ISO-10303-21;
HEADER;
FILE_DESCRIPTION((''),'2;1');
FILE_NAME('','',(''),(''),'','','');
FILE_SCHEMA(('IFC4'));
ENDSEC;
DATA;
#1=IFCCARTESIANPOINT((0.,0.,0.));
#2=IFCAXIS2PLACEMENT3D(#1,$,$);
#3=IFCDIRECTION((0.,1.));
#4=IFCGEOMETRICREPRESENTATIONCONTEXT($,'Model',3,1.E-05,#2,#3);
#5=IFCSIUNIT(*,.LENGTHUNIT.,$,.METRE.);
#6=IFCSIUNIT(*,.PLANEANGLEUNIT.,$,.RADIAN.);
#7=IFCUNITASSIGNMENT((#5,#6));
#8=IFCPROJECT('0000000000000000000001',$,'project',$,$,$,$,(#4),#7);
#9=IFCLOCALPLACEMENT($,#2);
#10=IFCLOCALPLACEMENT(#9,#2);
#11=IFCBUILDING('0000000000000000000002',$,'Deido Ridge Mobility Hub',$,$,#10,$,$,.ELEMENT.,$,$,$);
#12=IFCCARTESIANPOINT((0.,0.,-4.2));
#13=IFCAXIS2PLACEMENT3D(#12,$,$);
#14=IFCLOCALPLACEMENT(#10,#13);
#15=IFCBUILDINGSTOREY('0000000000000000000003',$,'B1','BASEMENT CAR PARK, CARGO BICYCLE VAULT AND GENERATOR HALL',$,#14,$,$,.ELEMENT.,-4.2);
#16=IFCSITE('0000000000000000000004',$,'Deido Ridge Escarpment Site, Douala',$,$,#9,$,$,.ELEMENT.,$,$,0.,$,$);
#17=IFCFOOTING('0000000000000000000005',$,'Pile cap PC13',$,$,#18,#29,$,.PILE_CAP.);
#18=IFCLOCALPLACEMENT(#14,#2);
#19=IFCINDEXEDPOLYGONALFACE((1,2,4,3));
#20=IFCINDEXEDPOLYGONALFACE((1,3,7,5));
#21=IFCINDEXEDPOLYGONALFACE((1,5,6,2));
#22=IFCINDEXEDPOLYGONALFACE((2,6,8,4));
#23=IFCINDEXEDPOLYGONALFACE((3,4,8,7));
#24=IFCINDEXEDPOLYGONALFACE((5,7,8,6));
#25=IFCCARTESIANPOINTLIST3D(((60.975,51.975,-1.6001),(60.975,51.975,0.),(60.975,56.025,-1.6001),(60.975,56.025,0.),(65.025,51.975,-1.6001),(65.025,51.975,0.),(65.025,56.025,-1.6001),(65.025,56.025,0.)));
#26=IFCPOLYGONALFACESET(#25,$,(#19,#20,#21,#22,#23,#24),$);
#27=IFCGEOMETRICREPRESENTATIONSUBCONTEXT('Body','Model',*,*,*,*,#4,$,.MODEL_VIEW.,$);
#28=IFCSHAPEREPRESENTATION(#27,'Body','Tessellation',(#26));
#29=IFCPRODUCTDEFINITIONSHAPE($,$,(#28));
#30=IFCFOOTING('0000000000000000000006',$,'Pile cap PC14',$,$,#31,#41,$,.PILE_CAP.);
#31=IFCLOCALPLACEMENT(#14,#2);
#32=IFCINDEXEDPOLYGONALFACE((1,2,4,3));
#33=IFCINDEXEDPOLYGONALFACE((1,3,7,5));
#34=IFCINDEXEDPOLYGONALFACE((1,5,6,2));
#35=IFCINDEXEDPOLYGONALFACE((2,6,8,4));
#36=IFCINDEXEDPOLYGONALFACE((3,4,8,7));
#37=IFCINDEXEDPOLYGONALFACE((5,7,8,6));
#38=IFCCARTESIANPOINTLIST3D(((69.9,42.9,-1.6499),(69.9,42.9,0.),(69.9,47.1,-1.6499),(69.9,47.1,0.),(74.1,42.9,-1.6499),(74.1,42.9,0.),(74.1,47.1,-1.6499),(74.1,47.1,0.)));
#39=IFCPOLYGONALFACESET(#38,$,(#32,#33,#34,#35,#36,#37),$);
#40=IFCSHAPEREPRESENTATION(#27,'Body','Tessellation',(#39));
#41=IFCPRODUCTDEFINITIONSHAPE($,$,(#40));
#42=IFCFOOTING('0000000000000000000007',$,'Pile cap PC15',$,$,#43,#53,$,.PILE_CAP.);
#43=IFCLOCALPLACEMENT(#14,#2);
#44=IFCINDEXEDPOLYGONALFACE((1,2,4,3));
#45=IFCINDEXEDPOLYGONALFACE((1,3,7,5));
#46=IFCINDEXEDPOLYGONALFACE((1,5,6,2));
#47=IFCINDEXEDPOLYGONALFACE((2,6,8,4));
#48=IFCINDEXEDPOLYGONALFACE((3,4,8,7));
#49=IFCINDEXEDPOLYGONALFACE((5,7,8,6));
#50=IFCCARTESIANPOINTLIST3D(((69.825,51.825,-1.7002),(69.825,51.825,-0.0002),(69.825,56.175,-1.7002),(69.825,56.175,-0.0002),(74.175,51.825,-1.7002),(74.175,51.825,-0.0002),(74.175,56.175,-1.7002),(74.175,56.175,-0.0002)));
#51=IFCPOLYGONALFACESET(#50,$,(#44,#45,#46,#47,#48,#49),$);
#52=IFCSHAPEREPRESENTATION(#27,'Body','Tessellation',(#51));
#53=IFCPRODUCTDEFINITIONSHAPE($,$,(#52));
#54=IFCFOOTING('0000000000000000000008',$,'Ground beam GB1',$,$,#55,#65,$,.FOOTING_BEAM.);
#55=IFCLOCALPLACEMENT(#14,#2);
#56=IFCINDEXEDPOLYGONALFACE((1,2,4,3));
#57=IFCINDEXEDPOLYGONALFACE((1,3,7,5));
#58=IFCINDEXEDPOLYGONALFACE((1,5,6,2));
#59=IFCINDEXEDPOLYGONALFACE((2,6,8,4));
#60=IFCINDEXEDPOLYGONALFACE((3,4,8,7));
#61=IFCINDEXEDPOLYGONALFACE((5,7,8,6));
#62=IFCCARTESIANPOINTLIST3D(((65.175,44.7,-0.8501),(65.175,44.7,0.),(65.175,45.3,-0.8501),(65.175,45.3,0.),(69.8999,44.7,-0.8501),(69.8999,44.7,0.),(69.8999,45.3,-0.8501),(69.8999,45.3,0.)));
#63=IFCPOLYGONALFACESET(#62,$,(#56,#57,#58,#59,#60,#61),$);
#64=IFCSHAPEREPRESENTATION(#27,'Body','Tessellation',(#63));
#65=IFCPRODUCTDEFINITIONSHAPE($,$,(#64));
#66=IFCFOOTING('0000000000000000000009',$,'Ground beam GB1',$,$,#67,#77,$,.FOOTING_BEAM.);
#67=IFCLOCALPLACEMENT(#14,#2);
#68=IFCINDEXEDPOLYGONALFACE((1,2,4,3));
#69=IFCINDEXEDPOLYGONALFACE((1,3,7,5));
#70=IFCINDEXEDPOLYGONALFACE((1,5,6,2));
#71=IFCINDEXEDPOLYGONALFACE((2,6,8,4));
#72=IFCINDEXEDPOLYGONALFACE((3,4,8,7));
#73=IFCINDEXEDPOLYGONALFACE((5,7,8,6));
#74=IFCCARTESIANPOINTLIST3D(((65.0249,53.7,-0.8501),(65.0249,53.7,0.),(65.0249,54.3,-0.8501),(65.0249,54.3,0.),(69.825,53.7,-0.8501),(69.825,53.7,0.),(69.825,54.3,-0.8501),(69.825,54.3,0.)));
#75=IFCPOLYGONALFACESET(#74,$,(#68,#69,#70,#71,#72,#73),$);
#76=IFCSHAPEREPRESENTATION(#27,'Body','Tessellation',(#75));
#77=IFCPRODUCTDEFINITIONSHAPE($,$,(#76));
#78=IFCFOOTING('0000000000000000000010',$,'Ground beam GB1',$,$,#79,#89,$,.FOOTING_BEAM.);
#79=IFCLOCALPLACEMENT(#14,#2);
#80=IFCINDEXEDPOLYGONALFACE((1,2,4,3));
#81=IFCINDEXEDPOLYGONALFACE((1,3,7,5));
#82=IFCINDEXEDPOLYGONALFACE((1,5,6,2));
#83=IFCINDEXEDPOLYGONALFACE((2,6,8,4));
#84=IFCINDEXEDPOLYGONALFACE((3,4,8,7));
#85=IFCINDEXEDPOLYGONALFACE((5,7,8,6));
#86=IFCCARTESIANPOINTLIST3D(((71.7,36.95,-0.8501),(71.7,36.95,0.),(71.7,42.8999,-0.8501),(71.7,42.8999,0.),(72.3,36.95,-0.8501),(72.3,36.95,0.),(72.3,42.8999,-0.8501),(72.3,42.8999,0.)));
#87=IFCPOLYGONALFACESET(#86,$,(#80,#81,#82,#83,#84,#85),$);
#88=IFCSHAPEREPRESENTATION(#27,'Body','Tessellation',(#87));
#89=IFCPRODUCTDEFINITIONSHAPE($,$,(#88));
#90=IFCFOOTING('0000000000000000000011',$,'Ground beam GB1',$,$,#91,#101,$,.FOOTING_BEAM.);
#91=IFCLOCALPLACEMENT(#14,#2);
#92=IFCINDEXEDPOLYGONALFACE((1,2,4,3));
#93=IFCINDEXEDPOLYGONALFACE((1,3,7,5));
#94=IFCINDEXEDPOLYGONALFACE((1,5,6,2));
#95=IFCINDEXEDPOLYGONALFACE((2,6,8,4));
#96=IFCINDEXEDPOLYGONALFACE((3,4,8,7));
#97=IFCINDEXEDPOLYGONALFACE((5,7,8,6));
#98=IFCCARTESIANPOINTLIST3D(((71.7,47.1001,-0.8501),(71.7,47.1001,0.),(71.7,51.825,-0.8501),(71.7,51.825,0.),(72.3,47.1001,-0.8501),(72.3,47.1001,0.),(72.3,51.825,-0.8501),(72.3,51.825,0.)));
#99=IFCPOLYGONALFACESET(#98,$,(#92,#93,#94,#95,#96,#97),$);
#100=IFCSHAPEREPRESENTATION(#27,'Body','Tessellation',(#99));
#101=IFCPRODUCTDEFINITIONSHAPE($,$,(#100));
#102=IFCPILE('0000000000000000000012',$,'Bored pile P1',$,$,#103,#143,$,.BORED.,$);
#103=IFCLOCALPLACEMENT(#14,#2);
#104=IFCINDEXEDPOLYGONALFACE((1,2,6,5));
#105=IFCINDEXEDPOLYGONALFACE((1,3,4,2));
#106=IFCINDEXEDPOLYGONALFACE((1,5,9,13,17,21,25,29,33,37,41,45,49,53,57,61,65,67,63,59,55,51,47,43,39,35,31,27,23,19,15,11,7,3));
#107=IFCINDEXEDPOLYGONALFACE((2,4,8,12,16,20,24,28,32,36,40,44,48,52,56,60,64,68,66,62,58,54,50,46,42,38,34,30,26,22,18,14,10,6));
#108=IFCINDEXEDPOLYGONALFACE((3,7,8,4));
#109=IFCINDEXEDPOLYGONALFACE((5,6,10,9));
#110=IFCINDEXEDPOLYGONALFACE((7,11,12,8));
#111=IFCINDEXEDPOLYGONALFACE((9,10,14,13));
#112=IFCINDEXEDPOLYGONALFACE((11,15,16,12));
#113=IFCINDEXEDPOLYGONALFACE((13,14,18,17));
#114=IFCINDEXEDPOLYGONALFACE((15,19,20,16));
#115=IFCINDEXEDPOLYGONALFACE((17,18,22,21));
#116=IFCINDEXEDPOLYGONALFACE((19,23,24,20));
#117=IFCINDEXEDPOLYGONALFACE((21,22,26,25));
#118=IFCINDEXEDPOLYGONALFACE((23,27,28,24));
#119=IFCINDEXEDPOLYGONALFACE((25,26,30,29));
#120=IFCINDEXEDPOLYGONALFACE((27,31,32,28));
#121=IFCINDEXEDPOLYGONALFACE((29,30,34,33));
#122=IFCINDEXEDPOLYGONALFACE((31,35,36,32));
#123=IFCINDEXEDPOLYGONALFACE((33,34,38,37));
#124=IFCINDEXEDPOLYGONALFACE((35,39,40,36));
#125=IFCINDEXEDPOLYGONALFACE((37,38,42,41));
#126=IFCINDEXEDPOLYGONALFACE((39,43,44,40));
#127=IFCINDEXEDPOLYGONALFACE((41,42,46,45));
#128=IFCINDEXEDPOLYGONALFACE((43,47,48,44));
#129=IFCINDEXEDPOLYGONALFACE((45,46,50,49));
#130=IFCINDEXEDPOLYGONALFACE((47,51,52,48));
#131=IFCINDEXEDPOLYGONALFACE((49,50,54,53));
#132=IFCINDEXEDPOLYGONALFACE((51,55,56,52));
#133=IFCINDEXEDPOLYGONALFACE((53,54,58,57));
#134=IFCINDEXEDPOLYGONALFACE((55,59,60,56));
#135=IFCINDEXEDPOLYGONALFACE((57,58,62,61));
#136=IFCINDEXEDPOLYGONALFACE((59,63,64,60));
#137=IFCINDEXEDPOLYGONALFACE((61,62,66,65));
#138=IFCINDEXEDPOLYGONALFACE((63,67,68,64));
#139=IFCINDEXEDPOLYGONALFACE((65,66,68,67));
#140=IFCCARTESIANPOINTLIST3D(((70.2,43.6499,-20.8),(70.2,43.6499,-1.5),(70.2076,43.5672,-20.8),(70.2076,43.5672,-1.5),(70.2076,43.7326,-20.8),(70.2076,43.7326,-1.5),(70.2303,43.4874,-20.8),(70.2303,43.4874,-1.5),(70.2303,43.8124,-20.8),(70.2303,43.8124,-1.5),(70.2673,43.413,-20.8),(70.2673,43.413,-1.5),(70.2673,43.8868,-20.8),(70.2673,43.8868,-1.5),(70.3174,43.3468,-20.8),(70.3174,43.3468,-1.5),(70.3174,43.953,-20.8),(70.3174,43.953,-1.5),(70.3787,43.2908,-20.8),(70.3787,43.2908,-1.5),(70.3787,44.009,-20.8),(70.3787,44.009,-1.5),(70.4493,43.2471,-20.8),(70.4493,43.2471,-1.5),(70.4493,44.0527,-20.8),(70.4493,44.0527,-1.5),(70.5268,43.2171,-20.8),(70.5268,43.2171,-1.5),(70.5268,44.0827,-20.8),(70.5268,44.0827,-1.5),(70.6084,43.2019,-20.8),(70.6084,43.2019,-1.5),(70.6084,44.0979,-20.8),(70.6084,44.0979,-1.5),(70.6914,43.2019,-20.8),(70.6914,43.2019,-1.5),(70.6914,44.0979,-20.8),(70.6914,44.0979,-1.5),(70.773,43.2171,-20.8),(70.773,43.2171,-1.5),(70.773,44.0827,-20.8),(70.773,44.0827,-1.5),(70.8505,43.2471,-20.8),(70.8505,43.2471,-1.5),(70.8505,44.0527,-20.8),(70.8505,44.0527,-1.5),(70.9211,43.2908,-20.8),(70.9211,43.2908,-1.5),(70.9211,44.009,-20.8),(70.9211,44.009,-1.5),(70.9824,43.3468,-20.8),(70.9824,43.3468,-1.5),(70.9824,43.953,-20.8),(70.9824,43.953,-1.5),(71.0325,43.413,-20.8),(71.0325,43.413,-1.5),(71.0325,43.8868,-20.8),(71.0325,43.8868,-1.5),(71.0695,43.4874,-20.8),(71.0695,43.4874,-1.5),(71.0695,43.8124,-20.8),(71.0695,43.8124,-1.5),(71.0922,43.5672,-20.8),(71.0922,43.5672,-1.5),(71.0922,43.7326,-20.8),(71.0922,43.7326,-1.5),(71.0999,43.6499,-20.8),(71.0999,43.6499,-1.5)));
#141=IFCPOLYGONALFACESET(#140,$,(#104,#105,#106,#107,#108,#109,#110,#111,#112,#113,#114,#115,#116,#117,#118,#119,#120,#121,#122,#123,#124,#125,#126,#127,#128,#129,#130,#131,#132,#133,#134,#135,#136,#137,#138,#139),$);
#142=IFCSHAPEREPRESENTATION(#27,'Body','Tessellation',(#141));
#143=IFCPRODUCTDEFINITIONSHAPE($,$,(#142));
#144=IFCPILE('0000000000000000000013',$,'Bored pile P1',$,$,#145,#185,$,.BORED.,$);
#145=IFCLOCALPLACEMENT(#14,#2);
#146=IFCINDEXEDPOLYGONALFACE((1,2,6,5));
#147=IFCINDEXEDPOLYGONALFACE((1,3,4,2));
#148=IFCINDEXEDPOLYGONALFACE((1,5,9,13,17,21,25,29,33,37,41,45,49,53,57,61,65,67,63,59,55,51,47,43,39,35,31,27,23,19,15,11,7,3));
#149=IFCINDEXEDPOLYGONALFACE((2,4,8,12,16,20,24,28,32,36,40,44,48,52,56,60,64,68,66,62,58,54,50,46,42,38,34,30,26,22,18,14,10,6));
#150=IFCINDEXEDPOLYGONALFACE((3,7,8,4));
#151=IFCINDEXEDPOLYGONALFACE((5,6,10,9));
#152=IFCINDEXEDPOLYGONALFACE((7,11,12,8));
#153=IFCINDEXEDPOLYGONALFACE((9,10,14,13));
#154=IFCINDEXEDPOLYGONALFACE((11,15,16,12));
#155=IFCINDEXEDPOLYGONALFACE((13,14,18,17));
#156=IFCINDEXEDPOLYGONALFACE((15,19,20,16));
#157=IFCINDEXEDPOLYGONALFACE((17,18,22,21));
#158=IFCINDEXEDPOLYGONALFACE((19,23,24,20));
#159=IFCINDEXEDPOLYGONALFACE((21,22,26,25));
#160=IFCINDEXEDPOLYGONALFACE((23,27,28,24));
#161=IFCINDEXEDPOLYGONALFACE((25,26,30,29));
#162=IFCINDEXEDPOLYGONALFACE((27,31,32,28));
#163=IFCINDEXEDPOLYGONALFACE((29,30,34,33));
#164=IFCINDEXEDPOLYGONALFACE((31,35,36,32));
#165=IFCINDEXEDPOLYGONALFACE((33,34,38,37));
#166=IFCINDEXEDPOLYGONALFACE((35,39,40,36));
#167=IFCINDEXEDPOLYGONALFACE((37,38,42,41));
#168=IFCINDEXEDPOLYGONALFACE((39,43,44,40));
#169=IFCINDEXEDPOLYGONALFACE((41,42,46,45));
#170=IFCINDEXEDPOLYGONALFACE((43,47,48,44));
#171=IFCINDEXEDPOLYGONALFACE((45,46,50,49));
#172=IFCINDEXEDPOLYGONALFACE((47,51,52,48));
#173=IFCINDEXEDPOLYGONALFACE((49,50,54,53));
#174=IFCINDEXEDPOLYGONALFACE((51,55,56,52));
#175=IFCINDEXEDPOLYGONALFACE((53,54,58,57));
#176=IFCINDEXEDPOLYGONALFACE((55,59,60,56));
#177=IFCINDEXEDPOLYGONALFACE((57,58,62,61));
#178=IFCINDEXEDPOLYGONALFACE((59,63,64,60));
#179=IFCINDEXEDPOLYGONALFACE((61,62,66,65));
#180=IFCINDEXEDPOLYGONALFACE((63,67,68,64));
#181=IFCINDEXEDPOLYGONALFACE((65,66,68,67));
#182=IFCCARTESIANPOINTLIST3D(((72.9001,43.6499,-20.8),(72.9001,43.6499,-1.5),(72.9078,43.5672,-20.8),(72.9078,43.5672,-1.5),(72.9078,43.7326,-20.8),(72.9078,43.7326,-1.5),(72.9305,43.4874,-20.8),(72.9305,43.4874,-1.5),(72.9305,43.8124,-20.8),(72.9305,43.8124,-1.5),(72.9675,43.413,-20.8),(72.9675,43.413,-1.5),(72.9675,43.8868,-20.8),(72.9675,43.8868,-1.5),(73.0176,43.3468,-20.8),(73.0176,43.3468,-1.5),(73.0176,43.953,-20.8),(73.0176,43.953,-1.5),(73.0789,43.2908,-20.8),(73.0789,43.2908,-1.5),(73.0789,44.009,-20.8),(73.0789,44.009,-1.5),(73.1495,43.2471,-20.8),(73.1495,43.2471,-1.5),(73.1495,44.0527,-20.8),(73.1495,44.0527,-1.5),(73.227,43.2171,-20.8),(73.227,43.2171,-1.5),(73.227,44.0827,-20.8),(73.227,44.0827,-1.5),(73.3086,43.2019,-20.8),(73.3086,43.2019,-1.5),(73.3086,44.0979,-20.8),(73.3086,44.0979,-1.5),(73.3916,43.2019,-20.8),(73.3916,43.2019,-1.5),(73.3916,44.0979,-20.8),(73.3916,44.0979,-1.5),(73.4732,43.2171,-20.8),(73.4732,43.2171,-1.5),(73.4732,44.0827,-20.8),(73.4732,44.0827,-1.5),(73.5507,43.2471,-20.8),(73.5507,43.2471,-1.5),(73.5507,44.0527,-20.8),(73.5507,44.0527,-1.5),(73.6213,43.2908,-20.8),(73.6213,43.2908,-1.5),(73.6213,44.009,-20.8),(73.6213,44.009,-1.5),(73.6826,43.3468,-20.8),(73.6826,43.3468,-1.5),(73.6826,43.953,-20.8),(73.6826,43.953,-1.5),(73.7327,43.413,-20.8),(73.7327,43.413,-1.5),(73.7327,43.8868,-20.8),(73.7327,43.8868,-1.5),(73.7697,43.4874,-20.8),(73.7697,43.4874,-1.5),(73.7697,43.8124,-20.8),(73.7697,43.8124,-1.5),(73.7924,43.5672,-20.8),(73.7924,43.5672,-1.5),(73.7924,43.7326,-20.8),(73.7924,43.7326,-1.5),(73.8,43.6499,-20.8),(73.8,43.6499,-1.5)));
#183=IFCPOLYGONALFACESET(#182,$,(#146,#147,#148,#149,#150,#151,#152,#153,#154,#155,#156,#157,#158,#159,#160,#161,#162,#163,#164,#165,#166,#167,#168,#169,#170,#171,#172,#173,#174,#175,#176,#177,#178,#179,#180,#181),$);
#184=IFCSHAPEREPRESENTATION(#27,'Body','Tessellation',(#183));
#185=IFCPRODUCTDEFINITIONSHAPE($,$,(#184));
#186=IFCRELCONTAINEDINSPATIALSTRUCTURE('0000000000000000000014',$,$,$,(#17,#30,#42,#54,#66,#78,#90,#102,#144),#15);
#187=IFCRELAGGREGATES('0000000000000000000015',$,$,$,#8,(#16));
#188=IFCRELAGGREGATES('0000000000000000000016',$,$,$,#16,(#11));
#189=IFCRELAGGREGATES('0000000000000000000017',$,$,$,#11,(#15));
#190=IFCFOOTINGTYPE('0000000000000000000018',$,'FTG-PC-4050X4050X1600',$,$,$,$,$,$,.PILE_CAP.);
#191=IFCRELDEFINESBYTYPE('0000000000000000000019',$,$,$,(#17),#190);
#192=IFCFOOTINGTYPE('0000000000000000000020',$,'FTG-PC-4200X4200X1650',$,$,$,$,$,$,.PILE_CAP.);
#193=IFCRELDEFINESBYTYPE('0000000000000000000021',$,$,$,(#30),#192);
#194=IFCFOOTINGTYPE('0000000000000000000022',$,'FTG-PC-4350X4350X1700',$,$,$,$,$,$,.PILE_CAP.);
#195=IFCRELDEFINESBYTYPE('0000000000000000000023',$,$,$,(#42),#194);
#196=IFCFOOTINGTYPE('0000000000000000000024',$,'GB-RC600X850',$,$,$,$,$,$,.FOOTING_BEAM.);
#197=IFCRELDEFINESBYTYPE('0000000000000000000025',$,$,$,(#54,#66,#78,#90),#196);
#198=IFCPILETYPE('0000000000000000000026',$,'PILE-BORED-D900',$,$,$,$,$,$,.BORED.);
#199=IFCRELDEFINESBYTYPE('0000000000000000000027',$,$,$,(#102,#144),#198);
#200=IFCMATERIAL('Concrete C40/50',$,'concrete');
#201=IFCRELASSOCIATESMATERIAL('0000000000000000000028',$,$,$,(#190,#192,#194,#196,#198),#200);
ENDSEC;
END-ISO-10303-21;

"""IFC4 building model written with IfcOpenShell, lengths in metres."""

from ifc_helpers import new_model, si_unit, direction, frame, origin, origin_2d, place, context, subcontext, project, spatial, rectangle, circle, extrude, material, material_profile, profile_set, type_object, element, save


model = new_model("IFC4")

# Units and contexts
model_context = context("Model", 3, precision=1e-05, world=origin(), true_north=direction((0.0, 1.0)))
body_context = subcontext(model_context, "Body", "Model", "MODEL_VIEW")
ifc_project = project(units=[si_unit("LENGTHUNIT", "METRE"), si_unit("PLANEANGLEUNIT", "RADIAN")], contexts=[model_context])

# Site, building, storey
site_placement = place(None, origin())
site = spatial("IfcSite", under=ifc_project, at=site_placement, Name="Deido Ridge Escarpment Site, Douala", CompositionType="ELEMENT", RefElevation=0.0)
building_placement = place(site_placement, origin())
building = spatial("IfcBuilding", under=site, at=building_placement, Name="Deido Ridge Mobility Hub", CompositionType="ELEMENT")
storey_placement = place(building_placement, frame((0.0, 0.0, -4.2)))
storey = spatial("IfcBuildingStorey", under=building, at=storey_placement, Name="B1", Description="BASEMENT CAR PARK, CARGO BICYCLE VAULT AND GENERATOR HALL", CompositionType="ELEMENT", Elevation=-4.2)

# Footings
ifc_material_1 = material(Name="Concrete C40/50", Category="concrete")
footing_type_1 = type_object("IfcFootingType", Name="FTG-PC-4050X4050X1600", PredefinedType="PILE_CAP", material=ifc_material_1)
footing_1_placement = place(storey_placement, frame((63.0, 54.0, -1.6001), z_axis=(0.0, 0.0, 1.0), x_axis=(1.0, 0.0, 0.0)))
element("IfcFooting", 1, at=footing_1_placement, inside=storey, type_object=footing_type_1, Name="Pile cap PC13", PredefinedType="PILE_CAP", context=body_context, shape_type="SweptSolid", body=[
    extrude(rectangle(XDim=4.05, YDim=4.05, at=origin_2d()), origin(), (0.0, 0.0, 1.0), 1.6001),
])
footing_type_2 = type_object("IfcFootingType", Name="FTG-PC-4200X4200X1650", PredefinedType="PILE_CAP", material=ifc_material_1)
footing_2_placement = place(storey_placement, frame((72.0, 45.0, -1.6499), z_axis=(0.0, 0.0, 1.0), x_axis=(1.0, 0.0, 0.0)))
element("IfcFooting", 2, at=footing_2_placement, inside=storey, type_object=footing_type_2, Name="Pile cap PC14", PredefinedType="PILE_CAP", context=body_context, shape_type="SweptSolid", body=[
    extrude(rectangle(XDim=4.2, YDim=4.2, at=origin_2d()), origin(), (0.0, 0.0, 1.0), 1.6499),
])
footing_type_3 = type_object("IfcFootingType", Name="FTG-PC-4350X4350X1700", PredefinedType="PILE_CAP", material=ifc_material_1)
footing_3_placement = place(storey_placement, frame((72.0, 54.0, -1.7002), z_axis=(0.0, 0.0, 1.0), x_axis=(1.0, 0.0, 0.0)))
element("IfcFooting", 3, at=footing_3_placement, inside=storey, type_object=footing_type_3, Name="Pile cap PC15", PredefinedType="PILE_CAP", context=body_context, shape_type="SweptSolid", body=[
    extrude(rectangle(XDim=4.3501, YDim=4.3501, at=origin_2d()), origin(), (0.0, 0.0, 1.0), 1.7),
])
ifc_material_profile_1 = material_profile(ifc_material_1, rectangle(XDim=0.6001, YDim=0.8501, at=origin_2d()), Name="RC GB 600x850")
ifc_profile_set_1 = profile_set([ifc_material_profile_1], Name="Concrete C40/50")
footing_type_4 = type_object("IfcFootingType", Name="GB-RC600X850", PredefinedType="FOOTING_BEAM", material=ifc_profile_set_1)
footing_4_placement = place(storey_placement, frame((65.175, 45.0, -0.425), z_axis=(1.0, 0.0, 0.0), x_axis=(0.0, 1.0, 0.0)))
element("IfcFooting", 4, at=footing_4_placement, inside=storey, type_object=footing_type_4, Name="Ground beam GB1", PredefinedType="FOOTING_BEAM", context=body_context, shape_type="SweptSolid", body=[
    extrude(rectangle(XDim=0.6001, YDim=0.8501, at=origin_2d()), origin(), (0.0, 0.0, 1.0), 4.7249),
])
footing_5_placement = place(storey_placement, frame((65.0249, 54.0, -0.425), z_axis=(1.0, 0.0, 0.0), x_axis=(0.0, 1.0, 0.0)))
element("IfcFooting", 5, at=footing_5_placement, inside=storey, type_object=footing_type_4, Name="Ground beam GB1", PredefinedType="FOOTING_BEAM", context=body_context, shape_type="SweptSolid", body=[
    extrude(rectangle(XDim=0.6001, YDim=0.8501, at=origin_2d()), origin(), (0.0, 0.0, 1.0), 4.8),
])
footing_6_placement = place(storey_placement, frame((72.0, 36.95, -0.425), z_axis=(0.0, 1.0, 0.0), x_axis=(-1.0, 0.0, 0.0)))
element("IfcFooting", 6, at=footing_6_placement, inside=storey, type_object=footing_type_4, Name="Ground beam GB1", PredefinedType="FOOTING_BEAM", context=body_context, shape_type="SweptSolid", body=[
    extrude(rectangle(XDim=0.6001, YDim=0.8501, at=origin_2d()), origin(), (0.0, 0.0, 1.0), 5.95),
])
footing_7_placement = place(storey_placement, frame((72.0, 47.1001, -0.425), z_axis=(0.0, 1.0, 0.0), x_axis=(-1.0, 0.0, 0.0)))
element("IfcFooting", 7, at=footing_7_placement, inside=storey, type_object=footing_type_4, Name="Ground beam GB1", PredefinedType="FOOTING_BEAM", context=body_context, shape_type="SweptSolid", body=[
    extrude(rectangle(XDim=0.6001, YDim=0.8501, at=origin_2d()), origin(), (0.0, 0.0, 1.0), 4.7249),
])

# Piles
ifc_material_profile_2 = material_profile(ifc_material_1, circle(Radius=0.45, at=origin_2d()), Name="BORED PILE D900")
ifc_profile_set_2 = profile_set([ifc_material_profile_2], Name="Concrete C40/50")
pile_type = type_object("IfcPileType", Name="PILE-BORED-D900", PredefinedType="BORED", material=ifc_profile_set_2)
for number, where, z_axis, x_axis, name in (
    (8, (70.6499, 43.6499, -1.5), (0.0, 0.0, -1.0), (1.0, 0.0, 0.0), "Bored pile P1"),
    (9, (73.3501, 43.6499, -1.5), (0.0, 0.0, -1.0), (1.0, 0.0, 0.0), "Bored pile P1"),
):
    element("IfcPile", number, at=place(storey_placement, frame(where, z_axis=z_axis, x_axis=x_axis)), inside=storey, type_object=pile_type, Name=name, PredefinedType="BORED", context=body_context, shape_type="SweptSolid", body=[
        extrude(circle(Radius=0.45, at=origin_2d()), origin(), (0.0, 0.0, 1.0), 19.3),
    ])

save(model, "model.ifc")
